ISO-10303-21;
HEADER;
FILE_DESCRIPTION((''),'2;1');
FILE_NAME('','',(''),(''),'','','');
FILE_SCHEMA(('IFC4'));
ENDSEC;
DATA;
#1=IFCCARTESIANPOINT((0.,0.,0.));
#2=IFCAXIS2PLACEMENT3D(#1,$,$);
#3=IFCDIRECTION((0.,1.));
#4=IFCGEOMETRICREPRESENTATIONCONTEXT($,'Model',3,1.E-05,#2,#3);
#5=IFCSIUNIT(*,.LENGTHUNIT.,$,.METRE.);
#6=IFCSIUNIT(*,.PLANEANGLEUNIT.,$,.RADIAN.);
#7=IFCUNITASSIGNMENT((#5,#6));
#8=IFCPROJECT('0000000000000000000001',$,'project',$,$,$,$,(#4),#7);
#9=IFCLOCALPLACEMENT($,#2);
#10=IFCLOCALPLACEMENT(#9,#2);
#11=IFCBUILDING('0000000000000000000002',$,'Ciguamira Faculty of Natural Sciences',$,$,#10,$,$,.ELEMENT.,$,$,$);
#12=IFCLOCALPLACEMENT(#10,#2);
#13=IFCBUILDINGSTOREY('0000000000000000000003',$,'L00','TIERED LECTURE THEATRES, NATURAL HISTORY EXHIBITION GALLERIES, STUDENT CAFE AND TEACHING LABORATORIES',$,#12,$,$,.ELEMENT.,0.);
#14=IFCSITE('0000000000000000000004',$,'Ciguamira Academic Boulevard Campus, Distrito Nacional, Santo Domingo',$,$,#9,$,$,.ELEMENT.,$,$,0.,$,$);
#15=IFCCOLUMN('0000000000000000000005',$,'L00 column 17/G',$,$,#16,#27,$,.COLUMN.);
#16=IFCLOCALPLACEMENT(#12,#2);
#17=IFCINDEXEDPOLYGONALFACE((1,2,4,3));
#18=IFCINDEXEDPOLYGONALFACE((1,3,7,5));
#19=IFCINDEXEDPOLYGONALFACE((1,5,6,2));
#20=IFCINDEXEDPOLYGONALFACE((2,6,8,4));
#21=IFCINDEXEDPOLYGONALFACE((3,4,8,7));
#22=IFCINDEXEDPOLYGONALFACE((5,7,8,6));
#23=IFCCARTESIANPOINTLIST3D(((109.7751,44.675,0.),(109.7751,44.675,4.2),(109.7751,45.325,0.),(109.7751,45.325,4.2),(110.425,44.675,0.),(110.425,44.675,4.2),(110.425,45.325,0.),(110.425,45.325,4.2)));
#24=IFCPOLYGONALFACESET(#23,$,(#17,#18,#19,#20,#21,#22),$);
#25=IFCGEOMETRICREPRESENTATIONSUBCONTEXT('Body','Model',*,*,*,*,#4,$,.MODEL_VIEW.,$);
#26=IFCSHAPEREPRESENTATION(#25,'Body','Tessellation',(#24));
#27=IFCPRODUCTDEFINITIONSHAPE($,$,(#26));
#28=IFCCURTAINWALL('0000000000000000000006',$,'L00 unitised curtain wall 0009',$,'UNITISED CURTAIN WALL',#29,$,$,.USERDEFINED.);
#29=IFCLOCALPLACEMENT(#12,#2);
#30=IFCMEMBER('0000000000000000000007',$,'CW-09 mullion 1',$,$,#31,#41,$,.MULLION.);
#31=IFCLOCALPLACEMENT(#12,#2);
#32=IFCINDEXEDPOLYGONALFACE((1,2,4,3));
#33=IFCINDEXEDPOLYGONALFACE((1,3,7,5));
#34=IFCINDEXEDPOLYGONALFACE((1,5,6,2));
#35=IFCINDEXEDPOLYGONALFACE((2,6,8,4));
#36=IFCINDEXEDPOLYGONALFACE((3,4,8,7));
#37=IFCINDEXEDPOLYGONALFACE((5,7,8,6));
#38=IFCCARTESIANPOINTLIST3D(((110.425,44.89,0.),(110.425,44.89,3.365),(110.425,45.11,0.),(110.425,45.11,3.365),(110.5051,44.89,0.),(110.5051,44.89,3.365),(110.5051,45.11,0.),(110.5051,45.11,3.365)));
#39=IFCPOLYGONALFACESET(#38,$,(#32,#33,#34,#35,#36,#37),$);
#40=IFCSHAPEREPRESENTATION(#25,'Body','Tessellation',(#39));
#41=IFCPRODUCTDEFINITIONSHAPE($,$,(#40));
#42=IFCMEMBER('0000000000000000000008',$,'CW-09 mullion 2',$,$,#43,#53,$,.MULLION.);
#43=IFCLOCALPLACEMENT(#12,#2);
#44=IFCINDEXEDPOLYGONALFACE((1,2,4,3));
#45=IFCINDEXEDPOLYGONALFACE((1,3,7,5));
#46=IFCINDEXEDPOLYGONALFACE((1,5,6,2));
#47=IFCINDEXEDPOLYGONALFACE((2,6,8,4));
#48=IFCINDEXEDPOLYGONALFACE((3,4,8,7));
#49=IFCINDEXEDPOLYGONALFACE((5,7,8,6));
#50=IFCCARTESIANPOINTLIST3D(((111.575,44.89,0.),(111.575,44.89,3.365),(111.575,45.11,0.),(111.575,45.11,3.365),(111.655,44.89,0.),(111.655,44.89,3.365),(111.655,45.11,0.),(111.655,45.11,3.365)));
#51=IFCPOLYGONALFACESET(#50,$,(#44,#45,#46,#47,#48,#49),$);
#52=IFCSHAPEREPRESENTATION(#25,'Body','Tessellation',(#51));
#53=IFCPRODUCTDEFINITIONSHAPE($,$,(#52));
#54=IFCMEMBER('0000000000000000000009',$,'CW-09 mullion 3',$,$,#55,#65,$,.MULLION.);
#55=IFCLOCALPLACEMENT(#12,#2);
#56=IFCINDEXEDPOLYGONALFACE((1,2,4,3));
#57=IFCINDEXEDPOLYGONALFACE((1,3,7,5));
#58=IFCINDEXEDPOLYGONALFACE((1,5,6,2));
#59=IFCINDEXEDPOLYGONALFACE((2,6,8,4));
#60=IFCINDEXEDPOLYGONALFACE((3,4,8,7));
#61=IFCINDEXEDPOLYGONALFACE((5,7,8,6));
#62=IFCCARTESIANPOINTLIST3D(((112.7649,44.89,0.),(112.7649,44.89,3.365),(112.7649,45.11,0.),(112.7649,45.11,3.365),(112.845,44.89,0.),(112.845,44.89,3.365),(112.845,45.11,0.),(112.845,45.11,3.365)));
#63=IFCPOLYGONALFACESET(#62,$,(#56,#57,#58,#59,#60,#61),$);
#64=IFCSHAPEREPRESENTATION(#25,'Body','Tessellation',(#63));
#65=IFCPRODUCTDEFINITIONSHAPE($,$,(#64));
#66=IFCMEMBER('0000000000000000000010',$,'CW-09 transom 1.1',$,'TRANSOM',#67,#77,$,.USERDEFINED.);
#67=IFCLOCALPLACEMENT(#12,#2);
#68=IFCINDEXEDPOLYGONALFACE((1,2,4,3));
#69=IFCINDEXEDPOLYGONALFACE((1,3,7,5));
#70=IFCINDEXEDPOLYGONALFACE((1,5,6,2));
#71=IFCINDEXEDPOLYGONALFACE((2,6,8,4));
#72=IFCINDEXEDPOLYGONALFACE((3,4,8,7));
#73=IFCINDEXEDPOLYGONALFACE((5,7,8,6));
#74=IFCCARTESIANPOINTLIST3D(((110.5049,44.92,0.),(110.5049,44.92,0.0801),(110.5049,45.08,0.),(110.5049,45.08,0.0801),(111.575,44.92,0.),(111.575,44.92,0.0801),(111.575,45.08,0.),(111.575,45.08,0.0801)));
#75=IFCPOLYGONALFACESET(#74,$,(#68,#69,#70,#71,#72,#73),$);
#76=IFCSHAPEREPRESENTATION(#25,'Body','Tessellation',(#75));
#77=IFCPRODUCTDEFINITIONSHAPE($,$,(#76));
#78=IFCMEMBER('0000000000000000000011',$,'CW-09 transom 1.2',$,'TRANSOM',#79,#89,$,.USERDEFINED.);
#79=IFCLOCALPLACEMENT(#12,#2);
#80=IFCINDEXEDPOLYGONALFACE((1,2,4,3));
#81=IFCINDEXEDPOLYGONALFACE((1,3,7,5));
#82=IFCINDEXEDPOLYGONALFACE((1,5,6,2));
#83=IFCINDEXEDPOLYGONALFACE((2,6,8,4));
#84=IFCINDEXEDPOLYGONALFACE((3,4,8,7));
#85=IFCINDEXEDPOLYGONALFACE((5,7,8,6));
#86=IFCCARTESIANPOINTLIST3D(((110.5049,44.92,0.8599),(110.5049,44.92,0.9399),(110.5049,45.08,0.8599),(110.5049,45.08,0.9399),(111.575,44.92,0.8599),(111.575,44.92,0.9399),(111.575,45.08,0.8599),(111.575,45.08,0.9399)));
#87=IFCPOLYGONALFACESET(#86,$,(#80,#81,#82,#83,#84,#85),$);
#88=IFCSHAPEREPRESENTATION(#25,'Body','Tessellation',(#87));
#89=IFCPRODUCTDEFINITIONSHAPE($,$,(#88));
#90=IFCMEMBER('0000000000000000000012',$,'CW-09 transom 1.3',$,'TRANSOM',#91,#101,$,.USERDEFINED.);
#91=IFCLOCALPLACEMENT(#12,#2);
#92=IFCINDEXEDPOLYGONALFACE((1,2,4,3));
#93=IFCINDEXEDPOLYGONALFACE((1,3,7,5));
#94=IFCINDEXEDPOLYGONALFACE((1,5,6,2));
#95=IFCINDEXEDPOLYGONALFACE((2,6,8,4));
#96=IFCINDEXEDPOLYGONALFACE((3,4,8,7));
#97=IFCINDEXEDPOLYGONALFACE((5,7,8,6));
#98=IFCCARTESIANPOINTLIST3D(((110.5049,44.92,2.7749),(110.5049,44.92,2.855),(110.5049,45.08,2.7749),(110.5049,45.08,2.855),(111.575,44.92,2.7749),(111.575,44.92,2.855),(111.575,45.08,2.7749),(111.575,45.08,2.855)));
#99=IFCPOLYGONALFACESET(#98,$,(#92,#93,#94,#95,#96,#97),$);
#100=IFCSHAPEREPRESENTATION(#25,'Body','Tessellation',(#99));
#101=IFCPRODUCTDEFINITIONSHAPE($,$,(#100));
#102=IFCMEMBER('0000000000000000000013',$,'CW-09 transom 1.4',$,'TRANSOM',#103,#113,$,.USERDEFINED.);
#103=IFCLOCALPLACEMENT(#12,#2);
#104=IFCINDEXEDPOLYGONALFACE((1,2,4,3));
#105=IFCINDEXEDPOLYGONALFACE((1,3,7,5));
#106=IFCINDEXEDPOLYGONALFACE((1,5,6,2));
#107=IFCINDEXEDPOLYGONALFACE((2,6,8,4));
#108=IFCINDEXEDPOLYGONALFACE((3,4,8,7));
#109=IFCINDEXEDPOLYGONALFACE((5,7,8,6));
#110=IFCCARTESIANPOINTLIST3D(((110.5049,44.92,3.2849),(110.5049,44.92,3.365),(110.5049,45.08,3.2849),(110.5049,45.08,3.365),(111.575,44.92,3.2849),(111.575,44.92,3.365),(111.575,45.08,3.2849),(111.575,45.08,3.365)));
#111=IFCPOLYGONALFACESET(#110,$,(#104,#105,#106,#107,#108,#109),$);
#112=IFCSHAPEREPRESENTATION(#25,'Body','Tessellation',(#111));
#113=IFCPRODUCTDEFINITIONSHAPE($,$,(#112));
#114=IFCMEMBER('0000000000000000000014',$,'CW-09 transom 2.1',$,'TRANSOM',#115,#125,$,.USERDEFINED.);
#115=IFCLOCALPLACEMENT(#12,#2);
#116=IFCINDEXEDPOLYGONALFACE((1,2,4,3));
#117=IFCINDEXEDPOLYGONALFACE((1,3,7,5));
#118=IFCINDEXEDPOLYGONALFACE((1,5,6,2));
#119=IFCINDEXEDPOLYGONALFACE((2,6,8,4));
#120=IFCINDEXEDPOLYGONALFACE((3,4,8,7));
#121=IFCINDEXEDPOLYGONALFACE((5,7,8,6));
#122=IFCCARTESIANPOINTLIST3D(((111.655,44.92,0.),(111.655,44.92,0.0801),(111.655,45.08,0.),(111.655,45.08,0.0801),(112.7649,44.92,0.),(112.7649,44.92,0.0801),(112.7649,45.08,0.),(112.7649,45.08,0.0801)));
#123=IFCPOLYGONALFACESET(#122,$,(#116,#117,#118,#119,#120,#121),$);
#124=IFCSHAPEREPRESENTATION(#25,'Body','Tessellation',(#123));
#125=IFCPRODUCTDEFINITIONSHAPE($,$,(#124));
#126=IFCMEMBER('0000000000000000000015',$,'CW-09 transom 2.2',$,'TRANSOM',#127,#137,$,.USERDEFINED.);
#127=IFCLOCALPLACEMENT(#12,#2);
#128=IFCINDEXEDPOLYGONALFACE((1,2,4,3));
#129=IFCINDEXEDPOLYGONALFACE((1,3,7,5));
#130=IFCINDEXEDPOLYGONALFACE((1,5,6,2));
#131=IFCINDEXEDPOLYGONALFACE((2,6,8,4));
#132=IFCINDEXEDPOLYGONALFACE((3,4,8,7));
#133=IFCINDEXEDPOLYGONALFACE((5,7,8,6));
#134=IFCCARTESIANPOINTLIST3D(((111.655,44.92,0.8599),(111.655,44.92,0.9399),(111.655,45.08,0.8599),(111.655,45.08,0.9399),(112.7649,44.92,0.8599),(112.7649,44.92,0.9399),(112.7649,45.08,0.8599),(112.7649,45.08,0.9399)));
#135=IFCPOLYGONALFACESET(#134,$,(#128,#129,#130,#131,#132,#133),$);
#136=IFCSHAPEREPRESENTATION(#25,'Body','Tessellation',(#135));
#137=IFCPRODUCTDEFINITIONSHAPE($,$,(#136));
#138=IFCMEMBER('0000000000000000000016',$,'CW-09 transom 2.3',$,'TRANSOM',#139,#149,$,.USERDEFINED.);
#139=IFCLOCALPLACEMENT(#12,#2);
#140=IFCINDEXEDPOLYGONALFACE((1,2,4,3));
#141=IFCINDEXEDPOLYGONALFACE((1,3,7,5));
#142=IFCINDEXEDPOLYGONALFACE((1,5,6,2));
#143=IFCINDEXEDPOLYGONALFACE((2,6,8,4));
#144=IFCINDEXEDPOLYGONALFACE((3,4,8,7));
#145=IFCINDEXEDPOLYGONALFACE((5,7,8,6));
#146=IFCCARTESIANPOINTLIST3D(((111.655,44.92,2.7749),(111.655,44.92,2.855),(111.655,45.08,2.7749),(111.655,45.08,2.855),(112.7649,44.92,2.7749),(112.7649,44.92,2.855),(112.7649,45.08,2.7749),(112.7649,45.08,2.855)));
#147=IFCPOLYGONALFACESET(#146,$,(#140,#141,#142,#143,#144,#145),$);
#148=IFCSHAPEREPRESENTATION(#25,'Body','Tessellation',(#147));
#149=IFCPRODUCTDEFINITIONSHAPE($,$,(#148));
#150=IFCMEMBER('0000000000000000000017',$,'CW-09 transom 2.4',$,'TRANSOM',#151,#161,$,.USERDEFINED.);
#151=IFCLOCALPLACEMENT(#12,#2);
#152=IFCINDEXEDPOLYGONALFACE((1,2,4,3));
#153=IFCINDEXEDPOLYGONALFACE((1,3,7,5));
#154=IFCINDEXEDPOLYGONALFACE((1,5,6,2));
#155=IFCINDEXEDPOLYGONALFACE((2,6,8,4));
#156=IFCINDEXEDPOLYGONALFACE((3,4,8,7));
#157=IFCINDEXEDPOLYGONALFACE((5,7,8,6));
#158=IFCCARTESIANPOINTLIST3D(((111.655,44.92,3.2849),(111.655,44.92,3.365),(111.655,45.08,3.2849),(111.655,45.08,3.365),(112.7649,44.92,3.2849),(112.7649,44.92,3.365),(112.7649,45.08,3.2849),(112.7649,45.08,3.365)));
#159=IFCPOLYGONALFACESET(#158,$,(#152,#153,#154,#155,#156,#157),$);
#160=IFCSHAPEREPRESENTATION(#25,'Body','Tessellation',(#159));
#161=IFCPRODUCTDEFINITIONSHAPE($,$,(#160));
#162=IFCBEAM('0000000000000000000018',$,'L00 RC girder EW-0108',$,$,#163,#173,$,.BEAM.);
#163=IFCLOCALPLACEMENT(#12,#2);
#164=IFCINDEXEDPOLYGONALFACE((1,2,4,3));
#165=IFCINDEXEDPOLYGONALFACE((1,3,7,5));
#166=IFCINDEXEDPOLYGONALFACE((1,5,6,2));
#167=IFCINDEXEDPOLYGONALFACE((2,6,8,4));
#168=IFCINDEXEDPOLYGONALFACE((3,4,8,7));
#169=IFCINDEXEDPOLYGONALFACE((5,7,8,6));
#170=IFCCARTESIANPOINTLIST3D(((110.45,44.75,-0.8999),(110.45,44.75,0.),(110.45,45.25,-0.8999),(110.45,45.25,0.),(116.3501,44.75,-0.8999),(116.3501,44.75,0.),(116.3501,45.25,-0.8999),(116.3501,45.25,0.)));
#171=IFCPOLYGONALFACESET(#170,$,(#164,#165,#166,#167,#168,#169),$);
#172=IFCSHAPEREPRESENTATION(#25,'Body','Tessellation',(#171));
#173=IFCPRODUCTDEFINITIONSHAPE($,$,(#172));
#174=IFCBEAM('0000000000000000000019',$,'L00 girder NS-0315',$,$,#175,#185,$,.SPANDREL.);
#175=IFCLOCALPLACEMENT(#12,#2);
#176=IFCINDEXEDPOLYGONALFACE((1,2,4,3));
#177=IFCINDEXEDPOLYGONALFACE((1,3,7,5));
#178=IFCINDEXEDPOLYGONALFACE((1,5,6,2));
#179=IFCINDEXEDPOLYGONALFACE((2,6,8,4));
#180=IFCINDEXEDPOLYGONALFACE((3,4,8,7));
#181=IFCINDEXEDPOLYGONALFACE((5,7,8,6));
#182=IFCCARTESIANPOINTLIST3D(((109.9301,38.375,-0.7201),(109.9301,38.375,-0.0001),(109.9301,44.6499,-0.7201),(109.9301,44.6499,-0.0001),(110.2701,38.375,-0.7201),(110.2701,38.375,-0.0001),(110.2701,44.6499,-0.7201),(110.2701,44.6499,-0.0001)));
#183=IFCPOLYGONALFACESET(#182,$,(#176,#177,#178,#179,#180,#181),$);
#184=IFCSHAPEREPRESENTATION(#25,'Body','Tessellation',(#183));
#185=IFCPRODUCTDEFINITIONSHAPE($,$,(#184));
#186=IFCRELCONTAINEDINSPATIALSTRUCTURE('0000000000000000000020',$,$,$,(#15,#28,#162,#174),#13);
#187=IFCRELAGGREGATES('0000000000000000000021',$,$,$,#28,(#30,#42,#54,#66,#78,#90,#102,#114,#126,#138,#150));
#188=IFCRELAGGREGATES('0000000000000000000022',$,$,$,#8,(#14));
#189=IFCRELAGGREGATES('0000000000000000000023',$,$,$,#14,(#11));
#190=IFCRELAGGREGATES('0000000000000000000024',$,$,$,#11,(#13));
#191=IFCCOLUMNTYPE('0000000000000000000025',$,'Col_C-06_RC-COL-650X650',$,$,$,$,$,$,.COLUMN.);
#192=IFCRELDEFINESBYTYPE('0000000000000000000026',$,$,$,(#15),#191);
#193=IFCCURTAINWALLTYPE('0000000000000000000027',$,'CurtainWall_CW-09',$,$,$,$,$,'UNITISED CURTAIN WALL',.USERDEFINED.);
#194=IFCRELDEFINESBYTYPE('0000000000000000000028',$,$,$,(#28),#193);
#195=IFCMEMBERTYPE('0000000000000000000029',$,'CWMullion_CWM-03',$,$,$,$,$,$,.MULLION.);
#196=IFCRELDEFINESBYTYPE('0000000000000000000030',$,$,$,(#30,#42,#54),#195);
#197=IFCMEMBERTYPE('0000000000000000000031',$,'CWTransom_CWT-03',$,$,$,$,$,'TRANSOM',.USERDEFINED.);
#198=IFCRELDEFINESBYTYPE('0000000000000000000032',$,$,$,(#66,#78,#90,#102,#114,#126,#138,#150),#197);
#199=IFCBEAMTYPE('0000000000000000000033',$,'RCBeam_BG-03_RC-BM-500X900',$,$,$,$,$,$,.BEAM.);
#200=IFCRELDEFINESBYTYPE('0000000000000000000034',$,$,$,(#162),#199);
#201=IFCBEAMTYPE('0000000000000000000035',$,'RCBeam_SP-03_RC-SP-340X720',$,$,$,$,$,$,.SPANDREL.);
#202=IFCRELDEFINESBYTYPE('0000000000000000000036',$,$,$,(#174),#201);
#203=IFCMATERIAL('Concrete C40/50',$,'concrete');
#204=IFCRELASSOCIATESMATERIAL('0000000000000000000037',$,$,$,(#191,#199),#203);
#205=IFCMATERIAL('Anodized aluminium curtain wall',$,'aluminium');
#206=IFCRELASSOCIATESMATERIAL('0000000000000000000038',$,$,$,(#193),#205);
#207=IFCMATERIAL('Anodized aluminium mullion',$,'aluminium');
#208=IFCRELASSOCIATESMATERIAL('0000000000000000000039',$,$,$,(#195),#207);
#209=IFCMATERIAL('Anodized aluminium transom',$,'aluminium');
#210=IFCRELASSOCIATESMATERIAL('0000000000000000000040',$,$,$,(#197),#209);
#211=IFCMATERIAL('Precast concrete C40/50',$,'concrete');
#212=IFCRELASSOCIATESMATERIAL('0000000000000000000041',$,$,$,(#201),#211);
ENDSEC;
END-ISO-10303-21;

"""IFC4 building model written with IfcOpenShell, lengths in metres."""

from ifc_helpers import new_model, si_unit, direction, frame, origin, origin_2d, place, context, subcontext, project, spatial, rectangle, extrude, material, material_profile, profile_set, type_object, element, aggregate, save


model = new_model("IFC4")

# Units and contexts
model_context = context("Model", 3, precision=1e-05, world=origin(), true_north=direction((0.0, 1.0)))
body_context = subcontext(model_context, "Body", "Model", "MODEL_VIEW")
ifc_project = project(units=[si_unit("LENGTHUNIT", "METRE"), si_unit("PLANEANGLEUNIT", "RADIAN")], contexts=[model_context])

# Site, building, storey
site_placement = place(None, origin())
site = spatial("IfcSite", under=ifc_project, at=site_placement, Name="Ciguamira Academic Boulevard Campus, Distrito Nacional, Santo Domingo", CompositionType="ELEMENT", RefElevation=0.0)
building_placement = place(site_placement, origin())
building = spatial("IfcBuilding", under=site, at=building_placement, Name="Ciguamira Faculty of Natural Sciences", CompositionType="ELEMENT")
storey_placement = place(building_placement, origin())
storey = spatial("IfcBuildingStorey", under=building, at=storey_placement, Name="L00", Description="TIERED LECTURE THEATRES, NATURAL HISTORY EXHIBITION GALLERIES, STUDENT CAFE AND TEACHING LABORATORIES", CompositionType="ELEMENT", Elevation=0.0)

# Column
ifc_material_1 = material(Name="Concrete C40/50", Category="concrete")
ifc_material_profile_1 = material_profile(ifc_material_1, rectangle(XDim=0.6499, YDim=0.6499, at=origin_2d()), Name="RC-COL-650X650")
ifc_profile_set_1 = profile_set([ifc_material_profile_1], Name="Concrete C40/50")
column_type = type_object("IfcColumnType", Name="Col_C-06_RC-COL-650X650", PredefinedType="COLUMN", material=ifc_profile_set_1)
column_placement = place(storey_placement, frame((110.1001, 45.0, 0.0), z_axis=(0.0, 0.0, 1.0), x_axis=(1.0, 0.0, 0.0)))
element("IfcColumn", 1, at=column_placement, inside=storey, type_object=column_type, Name="L00 column 17/G", PredefinedType="COLUMN", context=body_context, shape_type="SweptSolid", body=[
    extrude(rectangle(XDim=0.6499, YDim=0.6499, at=origin_2d()), origin(), (0.0, 0.0, 1.0), 4.2),
])

# Curtain wall, members
ifc_material_2 = material(Name="Anodized aluminium curtain wall", Category="aluminium")
curtain_wall_type = type_object("IfcCurtainWallType", Name="CurtainWall_CW-09", ElementType="UNITISED CURTAIN WALL", PredefinedType="USERDEFINED", material=ifc_material_2)
curtain_wall_placement = place(storey_placement, origin())
curtain_wall = element("IfcCurtainWall", 2, at=curtain_wall_placement, inside=storey, type_object=curtain_wall_type, Name="L00 unitised curtain wall 0009", ObjectType="UNITISED CURTAIN WALL", PredefinedType="USERDEFINED")
ifc_material_3 = material(Name="Anodized aluminium mullion", Category="aluminium")
ifc_material_profile_2 = material_profile(ifc_material_3, rectangle(XDim=0.0801, YDim=0.22, at=origin_2d()), Name="ALU-MUL-80X220")
ifc_profile_set_2 = profile_set([ifc_material_profile_2], Name="Anodized aluminium mullion")
member_type_1 = type_object("IfcMemberType", Name="CWMullion_CWM-03", PredefinedType="MULLION", material=ifc_profile_set_2)
member_1_placement = place(storey_placement, frame((110.4651, 45.0, 0.0), z_axis=(0.0, 0.0, 1.0), x_axis=(1.0, 0.0, 0.0)))
member_1 = element("IfcMember", 3, at=member_1_placement, type_object=member_type_1, Name="CW-09 mullion 1", PredefinedType="MULLION", context=body_context, shape_type="SweptSolid", body=[
    extrude(rectangle(XDim=0.0801, YDim=0.22, at=origin_2d()), origin(), (0.0, 0.0, 1.0), 3.365),
])
member_2_placement = place(storey_placement, frame((111.615, 45.0, 0.0), z_axis=(0.0, 0.0, 1.0), x_axis=(1.0, 0.0, 0.0)))
member_2 = element("IfcMember", 4, at=member_2_placement, type_object=member_type_1, Name="CW-09 mullion 2", PredefinedType="MULLION", context=body_context, shape_type="SweptSolid", body=[
    extrude(rectangle(XDim=0.0801, YDim=0.22, at=origin_2d()), origin(), (0.0, 0.0, 1.0), 3.365),
])
member_3_placement = place(storey_placement, frame((112.8049, 45.0, 0.0), z_axis=(0.0, 0.0, 1.0), x_axis=(1.0, 0.0, 0.0)))
member_3 = element("IfcMember", 5, at=member_3_placement, type_object=member_type_1, Name="CW-09 mullion 3", PredefinedType="MULLION", context=body_context, shape_type="SweptSolid", body=[
    extrude(rectangle(XDim=0.0801, YDim=0.22, at=origin_2d()), origin(), (0.0, 0.0, 1.0), 3.365),
])
ifc_material_4 = material(Name="Anodized aluminium transom", Category="aluminium")
ifc_material_profile_3 = material_profile(ifc_material_4, rectangle(XDim=0.0801, YDim=0.1599, at=origin_2d()), Name="ALU-TRN-80X160")
ifc_profile_set_3 = profile_set([ifc_material_profile_3], Name="Anodized aluminium transom")
member_type_2 = type_object("IfcMemberType", Name="CWTransom_CWT-03", ElementType="TRANSOM", PredefinedType="USERDEFINED", material=ifc_profile_set_3)
member_4_placement = place(storey_placement, frame((110.5049, 45.0, 0.04), z_axis=(1.0, 0.0, 0.0), x_axis=(0.0, 0.0, 1.0)))
member_4 = element("IfcMember", 6, at=member_4_placement, type_object=member_type_2, Name="CW-09 transom 1.1", ObjectType="TRANSOM", PredefinedType="USERDEFINED", context=body_context, shape_type="SweptSolid", body=[
    extrude(rectangle(XDim=0.0801, YDim=0.1599, at=origin_2d()), origin(), (0.0, 0.0, 1.0), 1.0701),
])
member_5_placement = place(storey_placement, frame((110.5049, 45.0, 0.8999), z_axis=(1.0, 0.0, 0.0), x_axis=(0.0, 0.0, 1.0)))
member_5 = element("IfcMember", 7, at=member_5_placement, type_object=member_type_2, Name="CW-09 transom 1.2", ObjectType="TRANSOM", PredefinedType="USERDEFINED", context=body_context, shape_type="SweptSolid", body=[
    extrude(rectangle(XDim=0.0801, YDim=0.1599, at=origin_2d()), origin(), (0.0, 0.0, 1.0), 1.0701),
])
member_6_placement = place(storey_placement, frame((110.5049, 45.0, 2.8149), z_axis=(1.0, 0.0, 0.0), x_axis=(0.0, 0.0, 1.0)))
member_6 = element("IfcMember", 8, at=member_6_placement, type_object=member_type_2, Name="CW-09 transom 1.3", ObjectType="TRANSOM", PredefinedType="USERDEFINED", context=body_context, shape_type="SweptSolid", body=[
    extrude(rectangle(XDim=0.0801, YDim=0.1599, at=origin_2d()), origin(), (0.0, 0.0, 1.0), 1.0701),
])
member_7_placement = place(storey_placement, frame((110.5049, 45.0, 3.325), z_axis=(1.0, 0.0, 0.0), x_axis=(0.0, 0.0, 1.0)))
member_7 = element("IfcMember", 9, at=member_7_placement, type_object=member_type_2, Name="CW-09 transom 1.4", ObjectType="TRANSOM", PredefinedType="USERDEFINED", context=body_context, shape_type="SweptSolid", body=[
    extrude(rectangle(XDim=0.0801, YDim=0.1599, at=origin_2d()), origin(), (0.0, 0.0, 1.0), 1.0701),
])
member_8_placement = place(storey_placement, frame((111.655, 45.0, 0.04), z_axis=(1.0, 0.0, 0.0), x_axis=(0.0, 0.0, 1.0)))
member_8 = element("IfcMember", 10, at=member_8_placement, type_object=member_type_2, Name="CW-09 transom 2.1", ObjectType="TRANSOM", PredefinedType="USERDEFINED", context=body_context, shape_type="SweptSolid", body=[
    extrude(rectangle(XDim=0.0801, YDim=0.1599, at=origin_2d()), origin(), (0.0, 0.0, 1.0), 1.1099),
])
member_9_placement = place(storey_placement, frame((111.655, 45.0, 0.8999), z_axis=(1.0, 0.0, 0.0), x_axis=(0.0, 0.0, 1.0)))
member_9 = element("IfcMember", 11, at=member_9_placement, type_object=member_type_2, Name="CW-09 transom 2.2", ObjectType="TRANSOM", PredefinedType="USERDEFINED", context=body_context, shape_type="SweptSolid", body=[
    extrude(rectangle(XDim=0.0801, YDim=0.1599, at=origin_2d()), origin(), (0.0, 0.0, 1.0), 1.1099),
])
member_10_placement = place(storey_placement, frame((111.655, 45.0, 2.8149), z_axis=(1.0, 0.0, 0.0), x_axis=(0.0, 0.0, 1.0)))
member_10 = element("IfcMember", 12, at=member_10_placement, type_object=member_type_2, Name="CW-09 transom 2.3", ObjectType="TRANSOM", PredefinedType="USERDEFINED", context=body_context, shape_type="SweptSolid", body=[
    extrude(rectangle(XDim=0.0801, YDim=0.1599, at=origin_2d()), origin(), (0.0, 0.0, 1.0), 1.1099),
])
member_11_placement = place(storey_placement, frame((111.655, 45.0, 3.325), z_axis=(1.0, 0.0, 0.0), x_axis=(0.0, 0.0, 1.0)))
member_11 = element("IfcMember", 13, at=member_11_placement, type_object=member_type_2, Name="CW-09 transom 2.4", ObjectType="TRANSOM", PredefinedType="USERDEFINED", context=body_context, shape_type="SweptSolid", body=[
    extrude(rectangle(XDim=0.0801, YDim=0.1599, at=origin_2d()), origin(), (0.0, 0.0, 1.0), 1.1099),
])

# Beams
ifc_material_profile_4 = material_profile(ifc_material_1, rectangle(XDim=0.5, YDim=0.8999, at=origin_2d()), Name="RC-BM-500X900")
ifc_profile_set_4 = profile_set([ifc_material_profile_4], Name="Concrete C40/50")
beam_type_1 = type_object("IfcBeamType", Name="RCBeam_BG-03_RC-BM-500X900", PredefinedType="BEAM", material=ifc_profile_set_4)
beam_1_placement = place(storey_placement, frame((110.45, 45.0, -0.45), z_axis=(1.0, 0.0, 0.0), x_axis=(0.0, 1.0, 0.0)))
element("IfcBeam", 14, at=beam_1_placement, inside=storey, type_object=beam_type_1, Name="L00 RC girder EW-0108", PredefinedType="BEAM", context=body_context, shape_type="SweptSolid", body=[
    extrude(rectangle(XDim=0.5, YDim=0.8999, at=origin_2d()), origin(), (0.0, 0.0, 1.0), 5.9001),
])
ifc_material_5 = material(Name="Precast concrete C40/50", Category="concrete")
ifc_material_profile_5 = material_profile(ifc_material_5, rectangle(XDim=0.3401, YDim=0.72, at=origin_2d()), Name="RC-SP-340X720")
ifc_profile_set_5 = profile_set([ifc_material_profile_5], Name="Precast concrete C40/50")
beam_type_2 = type_object("IfcBeamType", Name="RCBeam_SP-03_RC-SP-340X720", PredefinedType="SPANDREL", material=ifc_profile_set_5)
beam_2_placement = place(storey_placement, frame((110.1001, 38.375, -0.3601), z_axis=(0.0, 1.0, 0.0), x_axis=(-1.0, 0.0, 0.0)))
element("IfcBeam", 15, at=beam_2_placement, inside=storey, type_object=beam_type_2, Name="L00 girder NS-0315", PredefinedType="SPANDREL", context=body_context, shape_type="SweptSolid", body=[
    extrude(rectangle(XDim=0.3401, YDim=0.72, at=origin_2d()), origin(), (0.0, 0.0, 1.0), 6.2749),
])

aggregate(curtain_wall, [member_1, member_2, member_3, member_4, member_5, member_6, member_7, member_8, member_9, member_10, member_11])

save(model, "model.ifc")
